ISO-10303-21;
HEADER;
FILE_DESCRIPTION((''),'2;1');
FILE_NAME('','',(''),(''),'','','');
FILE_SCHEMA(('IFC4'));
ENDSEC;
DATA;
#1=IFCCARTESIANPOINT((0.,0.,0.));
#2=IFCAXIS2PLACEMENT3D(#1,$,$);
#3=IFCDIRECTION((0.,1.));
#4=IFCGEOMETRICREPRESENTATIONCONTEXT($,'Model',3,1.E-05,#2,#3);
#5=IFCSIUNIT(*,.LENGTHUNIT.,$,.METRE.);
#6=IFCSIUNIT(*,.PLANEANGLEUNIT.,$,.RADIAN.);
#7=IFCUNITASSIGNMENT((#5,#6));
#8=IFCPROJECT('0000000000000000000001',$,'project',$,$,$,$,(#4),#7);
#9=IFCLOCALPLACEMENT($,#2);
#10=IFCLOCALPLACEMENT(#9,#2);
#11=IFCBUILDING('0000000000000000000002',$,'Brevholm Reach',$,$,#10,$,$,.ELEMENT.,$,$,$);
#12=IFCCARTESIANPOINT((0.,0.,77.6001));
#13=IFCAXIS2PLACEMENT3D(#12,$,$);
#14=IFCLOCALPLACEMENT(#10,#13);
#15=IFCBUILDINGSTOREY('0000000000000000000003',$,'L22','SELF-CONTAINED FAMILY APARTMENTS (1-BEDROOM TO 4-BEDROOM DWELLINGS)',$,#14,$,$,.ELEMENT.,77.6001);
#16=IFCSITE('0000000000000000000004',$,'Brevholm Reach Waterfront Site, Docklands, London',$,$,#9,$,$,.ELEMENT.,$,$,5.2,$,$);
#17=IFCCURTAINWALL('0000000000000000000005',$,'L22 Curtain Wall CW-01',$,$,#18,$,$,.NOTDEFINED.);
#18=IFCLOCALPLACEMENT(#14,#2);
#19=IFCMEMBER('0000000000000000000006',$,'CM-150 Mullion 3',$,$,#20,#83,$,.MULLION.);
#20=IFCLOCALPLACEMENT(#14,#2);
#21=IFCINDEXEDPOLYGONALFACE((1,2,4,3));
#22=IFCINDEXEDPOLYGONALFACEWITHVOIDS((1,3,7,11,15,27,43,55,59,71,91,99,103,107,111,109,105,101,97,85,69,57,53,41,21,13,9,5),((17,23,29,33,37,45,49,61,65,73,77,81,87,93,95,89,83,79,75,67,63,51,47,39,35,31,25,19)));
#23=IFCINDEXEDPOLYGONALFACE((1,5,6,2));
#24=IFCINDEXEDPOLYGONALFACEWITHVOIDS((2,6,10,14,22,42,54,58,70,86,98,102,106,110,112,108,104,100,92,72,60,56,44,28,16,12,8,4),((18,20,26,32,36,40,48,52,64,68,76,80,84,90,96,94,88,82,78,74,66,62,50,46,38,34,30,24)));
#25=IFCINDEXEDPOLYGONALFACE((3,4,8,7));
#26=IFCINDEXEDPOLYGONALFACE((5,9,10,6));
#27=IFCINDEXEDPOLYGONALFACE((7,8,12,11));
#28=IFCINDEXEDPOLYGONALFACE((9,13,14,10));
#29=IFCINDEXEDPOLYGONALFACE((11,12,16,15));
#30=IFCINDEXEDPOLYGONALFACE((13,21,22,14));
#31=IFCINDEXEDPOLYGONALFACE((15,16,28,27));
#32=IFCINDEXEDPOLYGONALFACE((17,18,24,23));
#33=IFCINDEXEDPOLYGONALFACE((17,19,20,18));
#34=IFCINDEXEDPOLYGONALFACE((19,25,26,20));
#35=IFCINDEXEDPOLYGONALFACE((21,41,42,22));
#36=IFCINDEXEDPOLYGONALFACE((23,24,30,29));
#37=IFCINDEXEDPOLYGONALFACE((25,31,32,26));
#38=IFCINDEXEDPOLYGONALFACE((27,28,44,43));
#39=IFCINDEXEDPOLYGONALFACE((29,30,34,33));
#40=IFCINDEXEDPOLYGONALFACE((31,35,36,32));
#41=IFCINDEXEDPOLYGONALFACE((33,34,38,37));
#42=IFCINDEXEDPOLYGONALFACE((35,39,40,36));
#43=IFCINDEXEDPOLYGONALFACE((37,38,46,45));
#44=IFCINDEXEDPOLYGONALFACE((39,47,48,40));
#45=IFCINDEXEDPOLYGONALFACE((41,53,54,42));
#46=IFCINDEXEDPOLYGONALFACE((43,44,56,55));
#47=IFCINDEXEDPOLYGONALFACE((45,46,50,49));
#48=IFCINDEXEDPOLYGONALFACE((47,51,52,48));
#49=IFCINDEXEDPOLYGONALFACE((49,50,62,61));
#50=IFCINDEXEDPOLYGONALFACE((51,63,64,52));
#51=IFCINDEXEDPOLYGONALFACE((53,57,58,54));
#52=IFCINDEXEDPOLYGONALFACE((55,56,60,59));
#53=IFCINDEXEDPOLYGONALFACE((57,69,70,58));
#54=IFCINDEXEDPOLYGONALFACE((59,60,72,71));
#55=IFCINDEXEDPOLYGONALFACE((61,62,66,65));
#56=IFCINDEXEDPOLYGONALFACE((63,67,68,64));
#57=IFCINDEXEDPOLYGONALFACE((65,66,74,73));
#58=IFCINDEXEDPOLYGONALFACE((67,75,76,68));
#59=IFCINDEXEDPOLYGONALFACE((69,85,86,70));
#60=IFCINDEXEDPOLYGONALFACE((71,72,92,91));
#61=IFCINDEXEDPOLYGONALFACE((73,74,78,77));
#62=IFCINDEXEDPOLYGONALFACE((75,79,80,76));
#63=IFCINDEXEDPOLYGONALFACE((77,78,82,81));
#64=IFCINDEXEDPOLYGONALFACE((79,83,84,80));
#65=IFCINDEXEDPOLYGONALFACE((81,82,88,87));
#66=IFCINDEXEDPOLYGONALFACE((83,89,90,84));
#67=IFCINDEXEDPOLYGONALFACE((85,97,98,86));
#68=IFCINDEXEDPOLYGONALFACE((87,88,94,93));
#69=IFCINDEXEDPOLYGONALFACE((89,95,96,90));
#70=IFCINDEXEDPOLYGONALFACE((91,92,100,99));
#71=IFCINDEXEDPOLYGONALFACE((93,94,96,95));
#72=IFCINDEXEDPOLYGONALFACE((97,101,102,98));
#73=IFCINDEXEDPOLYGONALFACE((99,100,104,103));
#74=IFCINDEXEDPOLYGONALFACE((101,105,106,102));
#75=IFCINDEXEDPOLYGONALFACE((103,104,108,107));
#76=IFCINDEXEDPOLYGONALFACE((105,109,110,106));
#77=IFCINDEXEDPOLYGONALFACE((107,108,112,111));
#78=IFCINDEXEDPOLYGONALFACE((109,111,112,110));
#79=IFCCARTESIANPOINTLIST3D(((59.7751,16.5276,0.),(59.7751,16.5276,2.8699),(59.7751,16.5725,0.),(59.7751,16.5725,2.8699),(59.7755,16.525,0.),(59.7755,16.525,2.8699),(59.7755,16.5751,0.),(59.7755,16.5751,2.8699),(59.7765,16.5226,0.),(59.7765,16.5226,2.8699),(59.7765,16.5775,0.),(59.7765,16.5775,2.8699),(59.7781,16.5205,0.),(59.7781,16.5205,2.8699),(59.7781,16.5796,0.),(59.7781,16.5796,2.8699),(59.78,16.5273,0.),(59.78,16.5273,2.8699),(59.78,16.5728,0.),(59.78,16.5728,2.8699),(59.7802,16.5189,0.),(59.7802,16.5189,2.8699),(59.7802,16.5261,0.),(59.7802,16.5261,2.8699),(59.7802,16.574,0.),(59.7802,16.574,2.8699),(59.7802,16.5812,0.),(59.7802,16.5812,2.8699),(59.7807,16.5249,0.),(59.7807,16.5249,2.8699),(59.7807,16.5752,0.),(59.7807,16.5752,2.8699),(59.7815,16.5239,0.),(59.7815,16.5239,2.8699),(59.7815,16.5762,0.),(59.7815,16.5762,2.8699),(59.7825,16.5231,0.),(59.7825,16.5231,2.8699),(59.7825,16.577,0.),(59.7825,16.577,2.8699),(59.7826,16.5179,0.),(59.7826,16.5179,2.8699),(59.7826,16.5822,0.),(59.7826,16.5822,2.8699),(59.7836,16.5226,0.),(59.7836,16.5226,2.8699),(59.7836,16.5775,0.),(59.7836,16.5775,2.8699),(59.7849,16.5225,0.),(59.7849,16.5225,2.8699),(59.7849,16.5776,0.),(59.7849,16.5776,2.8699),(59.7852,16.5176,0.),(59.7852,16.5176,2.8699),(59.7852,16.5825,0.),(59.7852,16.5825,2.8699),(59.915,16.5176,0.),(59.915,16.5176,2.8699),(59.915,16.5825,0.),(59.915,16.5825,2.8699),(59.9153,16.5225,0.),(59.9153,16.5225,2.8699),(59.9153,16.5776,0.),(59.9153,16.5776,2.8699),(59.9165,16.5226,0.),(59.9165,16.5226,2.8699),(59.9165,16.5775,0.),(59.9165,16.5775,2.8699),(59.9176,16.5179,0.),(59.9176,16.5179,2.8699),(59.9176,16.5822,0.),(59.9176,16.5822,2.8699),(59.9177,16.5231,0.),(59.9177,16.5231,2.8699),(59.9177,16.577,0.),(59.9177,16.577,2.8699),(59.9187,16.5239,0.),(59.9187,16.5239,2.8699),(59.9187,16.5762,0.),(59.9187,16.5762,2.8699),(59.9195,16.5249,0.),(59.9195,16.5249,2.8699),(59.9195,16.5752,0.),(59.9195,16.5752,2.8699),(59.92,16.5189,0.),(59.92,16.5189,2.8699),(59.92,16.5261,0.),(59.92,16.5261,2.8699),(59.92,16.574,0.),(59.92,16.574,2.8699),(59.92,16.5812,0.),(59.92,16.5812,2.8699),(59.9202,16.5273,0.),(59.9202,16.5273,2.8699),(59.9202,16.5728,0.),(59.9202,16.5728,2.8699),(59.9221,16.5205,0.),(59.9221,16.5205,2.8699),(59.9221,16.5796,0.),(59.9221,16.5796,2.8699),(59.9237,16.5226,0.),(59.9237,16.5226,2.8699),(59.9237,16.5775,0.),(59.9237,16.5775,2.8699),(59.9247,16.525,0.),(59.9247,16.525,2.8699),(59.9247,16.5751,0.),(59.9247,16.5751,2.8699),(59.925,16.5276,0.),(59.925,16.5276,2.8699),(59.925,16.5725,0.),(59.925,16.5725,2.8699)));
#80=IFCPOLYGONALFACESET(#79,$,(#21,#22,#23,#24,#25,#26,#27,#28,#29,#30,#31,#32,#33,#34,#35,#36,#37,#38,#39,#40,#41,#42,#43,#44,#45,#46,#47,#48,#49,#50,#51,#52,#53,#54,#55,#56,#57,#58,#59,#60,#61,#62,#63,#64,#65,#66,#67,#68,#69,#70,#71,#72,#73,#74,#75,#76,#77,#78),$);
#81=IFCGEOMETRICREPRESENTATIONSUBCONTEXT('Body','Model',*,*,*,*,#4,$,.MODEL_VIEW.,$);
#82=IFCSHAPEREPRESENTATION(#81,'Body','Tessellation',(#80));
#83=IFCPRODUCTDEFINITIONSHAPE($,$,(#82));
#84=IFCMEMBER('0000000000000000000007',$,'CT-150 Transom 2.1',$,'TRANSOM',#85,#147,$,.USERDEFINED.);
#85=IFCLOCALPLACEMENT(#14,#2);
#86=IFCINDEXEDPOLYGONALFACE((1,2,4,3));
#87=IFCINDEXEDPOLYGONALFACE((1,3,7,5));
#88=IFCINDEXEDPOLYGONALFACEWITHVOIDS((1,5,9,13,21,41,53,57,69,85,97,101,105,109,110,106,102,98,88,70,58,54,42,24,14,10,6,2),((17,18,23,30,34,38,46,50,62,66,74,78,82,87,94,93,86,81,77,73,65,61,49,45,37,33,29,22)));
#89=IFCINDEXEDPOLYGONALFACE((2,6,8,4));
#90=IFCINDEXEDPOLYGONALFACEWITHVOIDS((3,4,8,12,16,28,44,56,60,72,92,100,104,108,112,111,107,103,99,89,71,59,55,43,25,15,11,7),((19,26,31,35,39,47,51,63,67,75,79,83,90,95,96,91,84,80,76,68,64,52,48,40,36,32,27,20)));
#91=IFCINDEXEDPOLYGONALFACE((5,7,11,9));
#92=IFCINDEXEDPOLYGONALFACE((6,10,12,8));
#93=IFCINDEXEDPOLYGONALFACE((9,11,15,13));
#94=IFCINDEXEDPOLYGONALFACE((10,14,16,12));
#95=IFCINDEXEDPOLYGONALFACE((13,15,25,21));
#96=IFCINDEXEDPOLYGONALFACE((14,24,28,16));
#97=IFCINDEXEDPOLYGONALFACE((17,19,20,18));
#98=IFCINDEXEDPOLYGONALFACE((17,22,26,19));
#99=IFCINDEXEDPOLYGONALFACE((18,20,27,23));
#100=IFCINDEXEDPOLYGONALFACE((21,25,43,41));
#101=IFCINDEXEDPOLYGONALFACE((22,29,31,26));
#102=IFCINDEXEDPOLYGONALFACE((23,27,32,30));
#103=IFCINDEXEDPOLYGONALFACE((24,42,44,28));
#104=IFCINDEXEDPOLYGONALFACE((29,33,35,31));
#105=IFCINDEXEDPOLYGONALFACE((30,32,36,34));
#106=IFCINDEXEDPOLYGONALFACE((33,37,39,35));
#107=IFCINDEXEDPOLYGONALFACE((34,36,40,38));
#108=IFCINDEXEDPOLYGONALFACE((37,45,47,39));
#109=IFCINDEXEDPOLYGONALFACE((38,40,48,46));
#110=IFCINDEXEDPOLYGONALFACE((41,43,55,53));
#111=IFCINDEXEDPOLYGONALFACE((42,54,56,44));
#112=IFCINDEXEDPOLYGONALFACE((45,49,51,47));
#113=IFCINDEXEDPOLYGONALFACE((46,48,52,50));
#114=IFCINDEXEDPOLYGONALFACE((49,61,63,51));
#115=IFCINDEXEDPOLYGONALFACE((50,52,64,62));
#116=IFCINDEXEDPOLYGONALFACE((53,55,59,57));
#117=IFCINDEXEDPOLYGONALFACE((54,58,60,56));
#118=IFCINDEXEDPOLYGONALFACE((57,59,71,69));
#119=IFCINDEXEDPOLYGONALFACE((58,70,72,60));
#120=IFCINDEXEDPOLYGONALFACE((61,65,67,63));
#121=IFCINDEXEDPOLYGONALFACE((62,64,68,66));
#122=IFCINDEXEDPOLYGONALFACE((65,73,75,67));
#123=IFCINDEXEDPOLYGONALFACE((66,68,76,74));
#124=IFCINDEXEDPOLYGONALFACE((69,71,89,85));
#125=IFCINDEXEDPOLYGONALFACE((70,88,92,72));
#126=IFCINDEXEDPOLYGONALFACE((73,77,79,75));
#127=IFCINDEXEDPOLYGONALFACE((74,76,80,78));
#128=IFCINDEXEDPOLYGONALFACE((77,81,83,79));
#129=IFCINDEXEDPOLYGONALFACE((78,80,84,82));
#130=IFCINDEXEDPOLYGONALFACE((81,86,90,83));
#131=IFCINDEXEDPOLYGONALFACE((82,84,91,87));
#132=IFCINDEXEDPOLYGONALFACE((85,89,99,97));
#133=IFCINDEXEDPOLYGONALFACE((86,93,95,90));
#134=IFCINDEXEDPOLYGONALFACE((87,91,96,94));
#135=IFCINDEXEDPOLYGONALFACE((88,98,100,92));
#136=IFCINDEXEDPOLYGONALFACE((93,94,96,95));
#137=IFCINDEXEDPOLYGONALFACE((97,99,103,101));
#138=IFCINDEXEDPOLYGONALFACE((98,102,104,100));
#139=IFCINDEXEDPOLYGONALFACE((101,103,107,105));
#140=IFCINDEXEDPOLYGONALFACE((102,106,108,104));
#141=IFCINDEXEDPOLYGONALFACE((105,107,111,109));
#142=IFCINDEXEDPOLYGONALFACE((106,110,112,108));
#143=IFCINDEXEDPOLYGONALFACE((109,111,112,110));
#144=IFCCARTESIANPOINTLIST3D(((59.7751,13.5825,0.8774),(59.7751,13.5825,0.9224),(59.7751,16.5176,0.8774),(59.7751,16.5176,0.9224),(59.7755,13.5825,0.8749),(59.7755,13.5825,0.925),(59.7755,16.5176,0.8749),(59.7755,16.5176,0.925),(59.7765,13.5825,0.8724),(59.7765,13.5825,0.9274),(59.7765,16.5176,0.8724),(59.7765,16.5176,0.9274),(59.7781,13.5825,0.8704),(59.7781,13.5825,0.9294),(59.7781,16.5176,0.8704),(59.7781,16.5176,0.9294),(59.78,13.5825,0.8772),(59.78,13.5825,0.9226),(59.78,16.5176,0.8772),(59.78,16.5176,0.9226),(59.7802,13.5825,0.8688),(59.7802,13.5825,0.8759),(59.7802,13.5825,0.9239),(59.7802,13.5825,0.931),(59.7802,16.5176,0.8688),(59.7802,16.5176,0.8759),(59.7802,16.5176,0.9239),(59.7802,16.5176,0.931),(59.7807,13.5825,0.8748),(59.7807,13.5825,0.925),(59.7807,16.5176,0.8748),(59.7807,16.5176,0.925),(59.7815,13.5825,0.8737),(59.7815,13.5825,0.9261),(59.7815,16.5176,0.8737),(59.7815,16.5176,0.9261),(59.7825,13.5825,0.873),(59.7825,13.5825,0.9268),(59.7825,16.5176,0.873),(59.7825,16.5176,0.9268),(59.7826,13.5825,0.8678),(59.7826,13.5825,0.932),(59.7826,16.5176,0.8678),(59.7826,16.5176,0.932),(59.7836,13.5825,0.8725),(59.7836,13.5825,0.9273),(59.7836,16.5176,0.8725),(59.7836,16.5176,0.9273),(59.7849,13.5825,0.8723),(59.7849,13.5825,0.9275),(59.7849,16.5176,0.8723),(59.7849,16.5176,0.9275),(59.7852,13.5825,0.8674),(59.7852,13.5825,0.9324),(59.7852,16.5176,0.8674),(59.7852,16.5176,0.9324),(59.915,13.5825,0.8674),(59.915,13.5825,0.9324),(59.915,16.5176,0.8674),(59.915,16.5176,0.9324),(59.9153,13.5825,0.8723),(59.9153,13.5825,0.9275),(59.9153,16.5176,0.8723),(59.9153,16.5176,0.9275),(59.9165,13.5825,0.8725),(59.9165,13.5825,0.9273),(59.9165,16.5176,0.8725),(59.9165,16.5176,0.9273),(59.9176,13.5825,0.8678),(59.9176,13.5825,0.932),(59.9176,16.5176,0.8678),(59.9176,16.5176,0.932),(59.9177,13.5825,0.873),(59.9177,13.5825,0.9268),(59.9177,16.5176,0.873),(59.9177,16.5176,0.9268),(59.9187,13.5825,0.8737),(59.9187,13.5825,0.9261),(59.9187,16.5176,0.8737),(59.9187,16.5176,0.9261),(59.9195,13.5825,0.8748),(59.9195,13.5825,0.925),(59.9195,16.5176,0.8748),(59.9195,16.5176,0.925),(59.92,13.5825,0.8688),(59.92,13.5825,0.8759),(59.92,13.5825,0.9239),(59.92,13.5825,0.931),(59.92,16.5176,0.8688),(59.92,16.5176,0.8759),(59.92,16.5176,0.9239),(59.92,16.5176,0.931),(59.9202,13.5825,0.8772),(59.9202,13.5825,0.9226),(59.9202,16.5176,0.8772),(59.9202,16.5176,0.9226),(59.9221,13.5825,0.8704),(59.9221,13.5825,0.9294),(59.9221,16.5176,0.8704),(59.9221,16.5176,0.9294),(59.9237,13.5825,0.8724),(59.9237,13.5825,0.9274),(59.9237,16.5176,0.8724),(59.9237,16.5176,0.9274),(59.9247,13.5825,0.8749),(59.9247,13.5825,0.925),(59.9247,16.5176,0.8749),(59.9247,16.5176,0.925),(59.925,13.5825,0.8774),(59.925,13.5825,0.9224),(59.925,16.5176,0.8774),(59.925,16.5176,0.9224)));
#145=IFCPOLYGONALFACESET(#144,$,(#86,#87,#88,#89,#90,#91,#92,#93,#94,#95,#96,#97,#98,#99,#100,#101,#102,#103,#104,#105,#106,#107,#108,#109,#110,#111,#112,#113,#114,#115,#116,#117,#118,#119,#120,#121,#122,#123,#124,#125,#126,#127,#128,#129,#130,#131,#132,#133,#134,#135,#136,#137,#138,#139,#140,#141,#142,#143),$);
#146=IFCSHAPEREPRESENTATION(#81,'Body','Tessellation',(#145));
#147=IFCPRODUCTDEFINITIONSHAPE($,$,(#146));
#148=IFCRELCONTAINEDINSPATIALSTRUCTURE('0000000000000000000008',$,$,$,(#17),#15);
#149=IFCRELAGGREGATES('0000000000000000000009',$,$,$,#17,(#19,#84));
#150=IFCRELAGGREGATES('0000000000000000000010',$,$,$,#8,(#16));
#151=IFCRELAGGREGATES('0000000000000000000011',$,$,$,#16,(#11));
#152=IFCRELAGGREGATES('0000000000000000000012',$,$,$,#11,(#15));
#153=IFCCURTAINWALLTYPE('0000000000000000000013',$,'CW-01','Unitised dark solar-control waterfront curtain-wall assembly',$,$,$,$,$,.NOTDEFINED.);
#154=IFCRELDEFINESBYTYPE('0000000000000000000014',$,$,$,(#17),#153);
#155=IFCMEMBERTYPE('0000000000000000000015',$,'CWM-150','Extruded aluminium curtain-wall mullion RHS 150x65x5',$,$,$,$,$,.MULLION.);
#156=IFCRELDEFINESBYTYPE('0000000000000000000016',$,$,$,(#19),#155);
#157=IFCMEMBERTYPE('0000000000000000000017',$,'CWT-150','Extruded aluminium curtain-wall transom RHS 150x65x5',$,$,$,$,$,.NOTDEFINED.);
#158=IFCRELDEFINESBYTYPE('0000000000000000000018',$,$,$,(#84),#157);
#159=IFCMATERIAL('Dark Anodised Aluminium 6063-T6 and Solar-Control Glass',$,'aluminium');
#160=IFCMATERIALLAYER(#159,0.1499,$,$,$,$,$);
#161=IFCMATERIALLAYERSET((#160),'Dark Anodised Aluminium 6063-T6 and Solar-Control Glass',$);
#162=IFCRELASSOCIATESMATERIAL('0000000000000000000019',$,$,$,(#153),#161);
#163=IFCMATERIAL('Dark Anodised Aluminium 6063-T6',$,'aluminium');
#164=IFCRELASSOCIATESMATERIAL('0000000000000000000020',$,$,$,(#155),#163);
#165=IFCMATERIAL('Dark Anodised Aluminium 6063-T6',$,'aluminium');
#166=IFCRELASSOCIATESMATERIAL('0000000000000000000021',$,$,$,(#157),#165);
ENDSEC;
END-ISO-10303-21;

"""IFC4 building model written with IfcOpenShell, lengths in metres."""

from ifc_helpers import new_model, si_unit, direction, frame, origin, origin_2d, place, context, subcontext, project, spatial, hollow_rectangle, extrude, material, layer, layer_set, material_profile, profile_set, type_object, element, aggregate, save


model = new_model("IFC4")

# Units and contexts
model_context = context("Model", 3, precision=1e-05, world=origin(), true_north=direction((0.0, 1.0)))
body_context = subcontext(model_context, "Body", "Model", "MODEL_VIEW")
ifc_project = project(units=[si_unit("LENGTHUNIT", "METRE"), si_unit("PLANEANGLEUNIT", "RADIAN")], contexts=[model_context])

# Site, building, storey
site_placement = place(None, origin())
site = spatial("IfcSite", under=ifc_project, at=site_placement, Name="Brevholm Reach Waterfront Site, Docklands, London", CompositionType="ELEMENT", RefElevation=5.2)
building_placement = place(site_placement, origin())
building = spatial("IfcBuilding", under=site, at=building_placement, Name="Brevholm Reach", CompositionType="ELEMENT")
storey_placement = place(building_placement, frame((0.0, 0.0, 77.6001)))
storey = spatial("IfcBuildingStorey", under=building, at=storey_placement, Name="L22", Description="SELF-CONTAINED FAMILY APARTMENTS (1-BEDROOM TO 4-BEDROOM DWELLINGS)", CompositionType="ELEMENT", Elevation=77.6001)

# Curtain wall, members
ifc_material_1 = material(Name="Dark Anodised Aluminium 6063-T6 and Solar-Control Glass", Category="aluminium")
ifc_layer_1 = layer(ifc_material_1, 0.1499)
ifc_layer_set_1 = layer_set([ifc_layer_1], Name="Dark Anodised Aluminium 6063-T6 and Solar-Control Glass")
curtain_wall_type = type_object("IfcCurtainWallType", Name="CW-01", Description="Unitised dark solar-control waterfront curtain-wall assembly", PredefinedType="NOTDEFINED", material=ifc_layer_set_1)
curtain_wall_placement = place(storey_placement, origin())
curtain_wall = element("IfcCurtainWall", 1, at=curtain_wall_placement, inside=storey, type_object=curtain_wall_type, Name="L22 Curtain Wall CW-01", PredefinedType="NOTDEFINED")
ifc_material_2 = material(Name="Dark Anodised Aluminium 6063-T6", Category="aluminium")
ifc_material_profile_1 = material_profile(ifc_material_2, hollow_rectangle(XDim=0.0649, YDim=0.1499, WallThickness=0.0049, InnerFilletRadius=0.0049, OuterFilletRadius=0.01, at=origin_2d()), Name="RHS 150x65x5")
ifc_profile_set_1 = profile_set([ifc_material_profile_1], Name="Dark Anodised Aluminium 6063-T6")
member_type_1 = type_object("IfcMemberType", Name="CWM-150", Description="Extruded aluminium curtain-wall mullion RHS 150x65x5", PredefinedType="MULLION", material=ifc_profile_set_1)
member_1_placement = place(storey_placement, frame((59.8501, 16.55, 0.0), z_axis=(0.0, 0.0, 1.0), x_axis=(0.0, 1.0, 0.0)))
member_1 = element("IfcMember", 2, at=member_1_placement, type_object=member_type_1, Name="CM-150 Mullion 3", PredefinedType="MULLION", context=body_context, shape_type="SweptSolid", body=[
    extrude(hollow_rectangle(XDim=0.0649, YDim=0.1499, WallThickness=0.0049, InnerFilletRadius=0.0049, OuterFilletRadius=0.01, at=origin_2d()), origin(), (0.0, 0.0, 1.0), 2.8699),
])
ifc_material_3 = material(Name="Dark Anodised Aluminium 6063-T6", Category="aluminium")
ifc_material_profile_2 = material_profile(ifc_material_3, hollow_rectangle(XDim=0.0649, YDim=0.1499, WallThickness=0.0049, InnerFilletRadius=0.0049, OuterFilletRadius=0.01, at=origin_2d()), Name="RHS 150x65x5")
ifc_profile_set_2 = profile_set([ifc_material_profile_2], Name="Dark Anodised Aluminium 6063-T6")
member_type_2 = type_object("IfcMemberType", Name="CWT-150", Description="Extruded aluminium curtain-wall transom RHS 150x65x5", PredefinedType="NOTDEFINED", material=ifc_profile_set_2)
member_2_placement = place(storey_placement, frame((59.8501, 13.5825, 0.8999), z_axis=(0.0, 1.0, 0.0), x_axis=(0.0, 0.0, 1.0)))
member_2 = element("IfcMember", 3, at=member_2_placement, type_object=member_type_2, Name="CT-150 Transom 2.1", ObjectType="TRANSOM", PredefinedType="USERDEFINED", context=body_context, shape_type="SweptSolid", body=[
    extrude(hollow_rectangle(XDim=0.0649, YDim=0.1499, WallThickness=0.0049, InnerFilletRadius=0.0049, OuterFilletRadius=0.01, at=origin_2d()), origin(), (0.0, 0.0, 1.0), 2.9351),
])
aggregate(curtain_wall, [member_1, member_2])

save(model, "model.ifc")
